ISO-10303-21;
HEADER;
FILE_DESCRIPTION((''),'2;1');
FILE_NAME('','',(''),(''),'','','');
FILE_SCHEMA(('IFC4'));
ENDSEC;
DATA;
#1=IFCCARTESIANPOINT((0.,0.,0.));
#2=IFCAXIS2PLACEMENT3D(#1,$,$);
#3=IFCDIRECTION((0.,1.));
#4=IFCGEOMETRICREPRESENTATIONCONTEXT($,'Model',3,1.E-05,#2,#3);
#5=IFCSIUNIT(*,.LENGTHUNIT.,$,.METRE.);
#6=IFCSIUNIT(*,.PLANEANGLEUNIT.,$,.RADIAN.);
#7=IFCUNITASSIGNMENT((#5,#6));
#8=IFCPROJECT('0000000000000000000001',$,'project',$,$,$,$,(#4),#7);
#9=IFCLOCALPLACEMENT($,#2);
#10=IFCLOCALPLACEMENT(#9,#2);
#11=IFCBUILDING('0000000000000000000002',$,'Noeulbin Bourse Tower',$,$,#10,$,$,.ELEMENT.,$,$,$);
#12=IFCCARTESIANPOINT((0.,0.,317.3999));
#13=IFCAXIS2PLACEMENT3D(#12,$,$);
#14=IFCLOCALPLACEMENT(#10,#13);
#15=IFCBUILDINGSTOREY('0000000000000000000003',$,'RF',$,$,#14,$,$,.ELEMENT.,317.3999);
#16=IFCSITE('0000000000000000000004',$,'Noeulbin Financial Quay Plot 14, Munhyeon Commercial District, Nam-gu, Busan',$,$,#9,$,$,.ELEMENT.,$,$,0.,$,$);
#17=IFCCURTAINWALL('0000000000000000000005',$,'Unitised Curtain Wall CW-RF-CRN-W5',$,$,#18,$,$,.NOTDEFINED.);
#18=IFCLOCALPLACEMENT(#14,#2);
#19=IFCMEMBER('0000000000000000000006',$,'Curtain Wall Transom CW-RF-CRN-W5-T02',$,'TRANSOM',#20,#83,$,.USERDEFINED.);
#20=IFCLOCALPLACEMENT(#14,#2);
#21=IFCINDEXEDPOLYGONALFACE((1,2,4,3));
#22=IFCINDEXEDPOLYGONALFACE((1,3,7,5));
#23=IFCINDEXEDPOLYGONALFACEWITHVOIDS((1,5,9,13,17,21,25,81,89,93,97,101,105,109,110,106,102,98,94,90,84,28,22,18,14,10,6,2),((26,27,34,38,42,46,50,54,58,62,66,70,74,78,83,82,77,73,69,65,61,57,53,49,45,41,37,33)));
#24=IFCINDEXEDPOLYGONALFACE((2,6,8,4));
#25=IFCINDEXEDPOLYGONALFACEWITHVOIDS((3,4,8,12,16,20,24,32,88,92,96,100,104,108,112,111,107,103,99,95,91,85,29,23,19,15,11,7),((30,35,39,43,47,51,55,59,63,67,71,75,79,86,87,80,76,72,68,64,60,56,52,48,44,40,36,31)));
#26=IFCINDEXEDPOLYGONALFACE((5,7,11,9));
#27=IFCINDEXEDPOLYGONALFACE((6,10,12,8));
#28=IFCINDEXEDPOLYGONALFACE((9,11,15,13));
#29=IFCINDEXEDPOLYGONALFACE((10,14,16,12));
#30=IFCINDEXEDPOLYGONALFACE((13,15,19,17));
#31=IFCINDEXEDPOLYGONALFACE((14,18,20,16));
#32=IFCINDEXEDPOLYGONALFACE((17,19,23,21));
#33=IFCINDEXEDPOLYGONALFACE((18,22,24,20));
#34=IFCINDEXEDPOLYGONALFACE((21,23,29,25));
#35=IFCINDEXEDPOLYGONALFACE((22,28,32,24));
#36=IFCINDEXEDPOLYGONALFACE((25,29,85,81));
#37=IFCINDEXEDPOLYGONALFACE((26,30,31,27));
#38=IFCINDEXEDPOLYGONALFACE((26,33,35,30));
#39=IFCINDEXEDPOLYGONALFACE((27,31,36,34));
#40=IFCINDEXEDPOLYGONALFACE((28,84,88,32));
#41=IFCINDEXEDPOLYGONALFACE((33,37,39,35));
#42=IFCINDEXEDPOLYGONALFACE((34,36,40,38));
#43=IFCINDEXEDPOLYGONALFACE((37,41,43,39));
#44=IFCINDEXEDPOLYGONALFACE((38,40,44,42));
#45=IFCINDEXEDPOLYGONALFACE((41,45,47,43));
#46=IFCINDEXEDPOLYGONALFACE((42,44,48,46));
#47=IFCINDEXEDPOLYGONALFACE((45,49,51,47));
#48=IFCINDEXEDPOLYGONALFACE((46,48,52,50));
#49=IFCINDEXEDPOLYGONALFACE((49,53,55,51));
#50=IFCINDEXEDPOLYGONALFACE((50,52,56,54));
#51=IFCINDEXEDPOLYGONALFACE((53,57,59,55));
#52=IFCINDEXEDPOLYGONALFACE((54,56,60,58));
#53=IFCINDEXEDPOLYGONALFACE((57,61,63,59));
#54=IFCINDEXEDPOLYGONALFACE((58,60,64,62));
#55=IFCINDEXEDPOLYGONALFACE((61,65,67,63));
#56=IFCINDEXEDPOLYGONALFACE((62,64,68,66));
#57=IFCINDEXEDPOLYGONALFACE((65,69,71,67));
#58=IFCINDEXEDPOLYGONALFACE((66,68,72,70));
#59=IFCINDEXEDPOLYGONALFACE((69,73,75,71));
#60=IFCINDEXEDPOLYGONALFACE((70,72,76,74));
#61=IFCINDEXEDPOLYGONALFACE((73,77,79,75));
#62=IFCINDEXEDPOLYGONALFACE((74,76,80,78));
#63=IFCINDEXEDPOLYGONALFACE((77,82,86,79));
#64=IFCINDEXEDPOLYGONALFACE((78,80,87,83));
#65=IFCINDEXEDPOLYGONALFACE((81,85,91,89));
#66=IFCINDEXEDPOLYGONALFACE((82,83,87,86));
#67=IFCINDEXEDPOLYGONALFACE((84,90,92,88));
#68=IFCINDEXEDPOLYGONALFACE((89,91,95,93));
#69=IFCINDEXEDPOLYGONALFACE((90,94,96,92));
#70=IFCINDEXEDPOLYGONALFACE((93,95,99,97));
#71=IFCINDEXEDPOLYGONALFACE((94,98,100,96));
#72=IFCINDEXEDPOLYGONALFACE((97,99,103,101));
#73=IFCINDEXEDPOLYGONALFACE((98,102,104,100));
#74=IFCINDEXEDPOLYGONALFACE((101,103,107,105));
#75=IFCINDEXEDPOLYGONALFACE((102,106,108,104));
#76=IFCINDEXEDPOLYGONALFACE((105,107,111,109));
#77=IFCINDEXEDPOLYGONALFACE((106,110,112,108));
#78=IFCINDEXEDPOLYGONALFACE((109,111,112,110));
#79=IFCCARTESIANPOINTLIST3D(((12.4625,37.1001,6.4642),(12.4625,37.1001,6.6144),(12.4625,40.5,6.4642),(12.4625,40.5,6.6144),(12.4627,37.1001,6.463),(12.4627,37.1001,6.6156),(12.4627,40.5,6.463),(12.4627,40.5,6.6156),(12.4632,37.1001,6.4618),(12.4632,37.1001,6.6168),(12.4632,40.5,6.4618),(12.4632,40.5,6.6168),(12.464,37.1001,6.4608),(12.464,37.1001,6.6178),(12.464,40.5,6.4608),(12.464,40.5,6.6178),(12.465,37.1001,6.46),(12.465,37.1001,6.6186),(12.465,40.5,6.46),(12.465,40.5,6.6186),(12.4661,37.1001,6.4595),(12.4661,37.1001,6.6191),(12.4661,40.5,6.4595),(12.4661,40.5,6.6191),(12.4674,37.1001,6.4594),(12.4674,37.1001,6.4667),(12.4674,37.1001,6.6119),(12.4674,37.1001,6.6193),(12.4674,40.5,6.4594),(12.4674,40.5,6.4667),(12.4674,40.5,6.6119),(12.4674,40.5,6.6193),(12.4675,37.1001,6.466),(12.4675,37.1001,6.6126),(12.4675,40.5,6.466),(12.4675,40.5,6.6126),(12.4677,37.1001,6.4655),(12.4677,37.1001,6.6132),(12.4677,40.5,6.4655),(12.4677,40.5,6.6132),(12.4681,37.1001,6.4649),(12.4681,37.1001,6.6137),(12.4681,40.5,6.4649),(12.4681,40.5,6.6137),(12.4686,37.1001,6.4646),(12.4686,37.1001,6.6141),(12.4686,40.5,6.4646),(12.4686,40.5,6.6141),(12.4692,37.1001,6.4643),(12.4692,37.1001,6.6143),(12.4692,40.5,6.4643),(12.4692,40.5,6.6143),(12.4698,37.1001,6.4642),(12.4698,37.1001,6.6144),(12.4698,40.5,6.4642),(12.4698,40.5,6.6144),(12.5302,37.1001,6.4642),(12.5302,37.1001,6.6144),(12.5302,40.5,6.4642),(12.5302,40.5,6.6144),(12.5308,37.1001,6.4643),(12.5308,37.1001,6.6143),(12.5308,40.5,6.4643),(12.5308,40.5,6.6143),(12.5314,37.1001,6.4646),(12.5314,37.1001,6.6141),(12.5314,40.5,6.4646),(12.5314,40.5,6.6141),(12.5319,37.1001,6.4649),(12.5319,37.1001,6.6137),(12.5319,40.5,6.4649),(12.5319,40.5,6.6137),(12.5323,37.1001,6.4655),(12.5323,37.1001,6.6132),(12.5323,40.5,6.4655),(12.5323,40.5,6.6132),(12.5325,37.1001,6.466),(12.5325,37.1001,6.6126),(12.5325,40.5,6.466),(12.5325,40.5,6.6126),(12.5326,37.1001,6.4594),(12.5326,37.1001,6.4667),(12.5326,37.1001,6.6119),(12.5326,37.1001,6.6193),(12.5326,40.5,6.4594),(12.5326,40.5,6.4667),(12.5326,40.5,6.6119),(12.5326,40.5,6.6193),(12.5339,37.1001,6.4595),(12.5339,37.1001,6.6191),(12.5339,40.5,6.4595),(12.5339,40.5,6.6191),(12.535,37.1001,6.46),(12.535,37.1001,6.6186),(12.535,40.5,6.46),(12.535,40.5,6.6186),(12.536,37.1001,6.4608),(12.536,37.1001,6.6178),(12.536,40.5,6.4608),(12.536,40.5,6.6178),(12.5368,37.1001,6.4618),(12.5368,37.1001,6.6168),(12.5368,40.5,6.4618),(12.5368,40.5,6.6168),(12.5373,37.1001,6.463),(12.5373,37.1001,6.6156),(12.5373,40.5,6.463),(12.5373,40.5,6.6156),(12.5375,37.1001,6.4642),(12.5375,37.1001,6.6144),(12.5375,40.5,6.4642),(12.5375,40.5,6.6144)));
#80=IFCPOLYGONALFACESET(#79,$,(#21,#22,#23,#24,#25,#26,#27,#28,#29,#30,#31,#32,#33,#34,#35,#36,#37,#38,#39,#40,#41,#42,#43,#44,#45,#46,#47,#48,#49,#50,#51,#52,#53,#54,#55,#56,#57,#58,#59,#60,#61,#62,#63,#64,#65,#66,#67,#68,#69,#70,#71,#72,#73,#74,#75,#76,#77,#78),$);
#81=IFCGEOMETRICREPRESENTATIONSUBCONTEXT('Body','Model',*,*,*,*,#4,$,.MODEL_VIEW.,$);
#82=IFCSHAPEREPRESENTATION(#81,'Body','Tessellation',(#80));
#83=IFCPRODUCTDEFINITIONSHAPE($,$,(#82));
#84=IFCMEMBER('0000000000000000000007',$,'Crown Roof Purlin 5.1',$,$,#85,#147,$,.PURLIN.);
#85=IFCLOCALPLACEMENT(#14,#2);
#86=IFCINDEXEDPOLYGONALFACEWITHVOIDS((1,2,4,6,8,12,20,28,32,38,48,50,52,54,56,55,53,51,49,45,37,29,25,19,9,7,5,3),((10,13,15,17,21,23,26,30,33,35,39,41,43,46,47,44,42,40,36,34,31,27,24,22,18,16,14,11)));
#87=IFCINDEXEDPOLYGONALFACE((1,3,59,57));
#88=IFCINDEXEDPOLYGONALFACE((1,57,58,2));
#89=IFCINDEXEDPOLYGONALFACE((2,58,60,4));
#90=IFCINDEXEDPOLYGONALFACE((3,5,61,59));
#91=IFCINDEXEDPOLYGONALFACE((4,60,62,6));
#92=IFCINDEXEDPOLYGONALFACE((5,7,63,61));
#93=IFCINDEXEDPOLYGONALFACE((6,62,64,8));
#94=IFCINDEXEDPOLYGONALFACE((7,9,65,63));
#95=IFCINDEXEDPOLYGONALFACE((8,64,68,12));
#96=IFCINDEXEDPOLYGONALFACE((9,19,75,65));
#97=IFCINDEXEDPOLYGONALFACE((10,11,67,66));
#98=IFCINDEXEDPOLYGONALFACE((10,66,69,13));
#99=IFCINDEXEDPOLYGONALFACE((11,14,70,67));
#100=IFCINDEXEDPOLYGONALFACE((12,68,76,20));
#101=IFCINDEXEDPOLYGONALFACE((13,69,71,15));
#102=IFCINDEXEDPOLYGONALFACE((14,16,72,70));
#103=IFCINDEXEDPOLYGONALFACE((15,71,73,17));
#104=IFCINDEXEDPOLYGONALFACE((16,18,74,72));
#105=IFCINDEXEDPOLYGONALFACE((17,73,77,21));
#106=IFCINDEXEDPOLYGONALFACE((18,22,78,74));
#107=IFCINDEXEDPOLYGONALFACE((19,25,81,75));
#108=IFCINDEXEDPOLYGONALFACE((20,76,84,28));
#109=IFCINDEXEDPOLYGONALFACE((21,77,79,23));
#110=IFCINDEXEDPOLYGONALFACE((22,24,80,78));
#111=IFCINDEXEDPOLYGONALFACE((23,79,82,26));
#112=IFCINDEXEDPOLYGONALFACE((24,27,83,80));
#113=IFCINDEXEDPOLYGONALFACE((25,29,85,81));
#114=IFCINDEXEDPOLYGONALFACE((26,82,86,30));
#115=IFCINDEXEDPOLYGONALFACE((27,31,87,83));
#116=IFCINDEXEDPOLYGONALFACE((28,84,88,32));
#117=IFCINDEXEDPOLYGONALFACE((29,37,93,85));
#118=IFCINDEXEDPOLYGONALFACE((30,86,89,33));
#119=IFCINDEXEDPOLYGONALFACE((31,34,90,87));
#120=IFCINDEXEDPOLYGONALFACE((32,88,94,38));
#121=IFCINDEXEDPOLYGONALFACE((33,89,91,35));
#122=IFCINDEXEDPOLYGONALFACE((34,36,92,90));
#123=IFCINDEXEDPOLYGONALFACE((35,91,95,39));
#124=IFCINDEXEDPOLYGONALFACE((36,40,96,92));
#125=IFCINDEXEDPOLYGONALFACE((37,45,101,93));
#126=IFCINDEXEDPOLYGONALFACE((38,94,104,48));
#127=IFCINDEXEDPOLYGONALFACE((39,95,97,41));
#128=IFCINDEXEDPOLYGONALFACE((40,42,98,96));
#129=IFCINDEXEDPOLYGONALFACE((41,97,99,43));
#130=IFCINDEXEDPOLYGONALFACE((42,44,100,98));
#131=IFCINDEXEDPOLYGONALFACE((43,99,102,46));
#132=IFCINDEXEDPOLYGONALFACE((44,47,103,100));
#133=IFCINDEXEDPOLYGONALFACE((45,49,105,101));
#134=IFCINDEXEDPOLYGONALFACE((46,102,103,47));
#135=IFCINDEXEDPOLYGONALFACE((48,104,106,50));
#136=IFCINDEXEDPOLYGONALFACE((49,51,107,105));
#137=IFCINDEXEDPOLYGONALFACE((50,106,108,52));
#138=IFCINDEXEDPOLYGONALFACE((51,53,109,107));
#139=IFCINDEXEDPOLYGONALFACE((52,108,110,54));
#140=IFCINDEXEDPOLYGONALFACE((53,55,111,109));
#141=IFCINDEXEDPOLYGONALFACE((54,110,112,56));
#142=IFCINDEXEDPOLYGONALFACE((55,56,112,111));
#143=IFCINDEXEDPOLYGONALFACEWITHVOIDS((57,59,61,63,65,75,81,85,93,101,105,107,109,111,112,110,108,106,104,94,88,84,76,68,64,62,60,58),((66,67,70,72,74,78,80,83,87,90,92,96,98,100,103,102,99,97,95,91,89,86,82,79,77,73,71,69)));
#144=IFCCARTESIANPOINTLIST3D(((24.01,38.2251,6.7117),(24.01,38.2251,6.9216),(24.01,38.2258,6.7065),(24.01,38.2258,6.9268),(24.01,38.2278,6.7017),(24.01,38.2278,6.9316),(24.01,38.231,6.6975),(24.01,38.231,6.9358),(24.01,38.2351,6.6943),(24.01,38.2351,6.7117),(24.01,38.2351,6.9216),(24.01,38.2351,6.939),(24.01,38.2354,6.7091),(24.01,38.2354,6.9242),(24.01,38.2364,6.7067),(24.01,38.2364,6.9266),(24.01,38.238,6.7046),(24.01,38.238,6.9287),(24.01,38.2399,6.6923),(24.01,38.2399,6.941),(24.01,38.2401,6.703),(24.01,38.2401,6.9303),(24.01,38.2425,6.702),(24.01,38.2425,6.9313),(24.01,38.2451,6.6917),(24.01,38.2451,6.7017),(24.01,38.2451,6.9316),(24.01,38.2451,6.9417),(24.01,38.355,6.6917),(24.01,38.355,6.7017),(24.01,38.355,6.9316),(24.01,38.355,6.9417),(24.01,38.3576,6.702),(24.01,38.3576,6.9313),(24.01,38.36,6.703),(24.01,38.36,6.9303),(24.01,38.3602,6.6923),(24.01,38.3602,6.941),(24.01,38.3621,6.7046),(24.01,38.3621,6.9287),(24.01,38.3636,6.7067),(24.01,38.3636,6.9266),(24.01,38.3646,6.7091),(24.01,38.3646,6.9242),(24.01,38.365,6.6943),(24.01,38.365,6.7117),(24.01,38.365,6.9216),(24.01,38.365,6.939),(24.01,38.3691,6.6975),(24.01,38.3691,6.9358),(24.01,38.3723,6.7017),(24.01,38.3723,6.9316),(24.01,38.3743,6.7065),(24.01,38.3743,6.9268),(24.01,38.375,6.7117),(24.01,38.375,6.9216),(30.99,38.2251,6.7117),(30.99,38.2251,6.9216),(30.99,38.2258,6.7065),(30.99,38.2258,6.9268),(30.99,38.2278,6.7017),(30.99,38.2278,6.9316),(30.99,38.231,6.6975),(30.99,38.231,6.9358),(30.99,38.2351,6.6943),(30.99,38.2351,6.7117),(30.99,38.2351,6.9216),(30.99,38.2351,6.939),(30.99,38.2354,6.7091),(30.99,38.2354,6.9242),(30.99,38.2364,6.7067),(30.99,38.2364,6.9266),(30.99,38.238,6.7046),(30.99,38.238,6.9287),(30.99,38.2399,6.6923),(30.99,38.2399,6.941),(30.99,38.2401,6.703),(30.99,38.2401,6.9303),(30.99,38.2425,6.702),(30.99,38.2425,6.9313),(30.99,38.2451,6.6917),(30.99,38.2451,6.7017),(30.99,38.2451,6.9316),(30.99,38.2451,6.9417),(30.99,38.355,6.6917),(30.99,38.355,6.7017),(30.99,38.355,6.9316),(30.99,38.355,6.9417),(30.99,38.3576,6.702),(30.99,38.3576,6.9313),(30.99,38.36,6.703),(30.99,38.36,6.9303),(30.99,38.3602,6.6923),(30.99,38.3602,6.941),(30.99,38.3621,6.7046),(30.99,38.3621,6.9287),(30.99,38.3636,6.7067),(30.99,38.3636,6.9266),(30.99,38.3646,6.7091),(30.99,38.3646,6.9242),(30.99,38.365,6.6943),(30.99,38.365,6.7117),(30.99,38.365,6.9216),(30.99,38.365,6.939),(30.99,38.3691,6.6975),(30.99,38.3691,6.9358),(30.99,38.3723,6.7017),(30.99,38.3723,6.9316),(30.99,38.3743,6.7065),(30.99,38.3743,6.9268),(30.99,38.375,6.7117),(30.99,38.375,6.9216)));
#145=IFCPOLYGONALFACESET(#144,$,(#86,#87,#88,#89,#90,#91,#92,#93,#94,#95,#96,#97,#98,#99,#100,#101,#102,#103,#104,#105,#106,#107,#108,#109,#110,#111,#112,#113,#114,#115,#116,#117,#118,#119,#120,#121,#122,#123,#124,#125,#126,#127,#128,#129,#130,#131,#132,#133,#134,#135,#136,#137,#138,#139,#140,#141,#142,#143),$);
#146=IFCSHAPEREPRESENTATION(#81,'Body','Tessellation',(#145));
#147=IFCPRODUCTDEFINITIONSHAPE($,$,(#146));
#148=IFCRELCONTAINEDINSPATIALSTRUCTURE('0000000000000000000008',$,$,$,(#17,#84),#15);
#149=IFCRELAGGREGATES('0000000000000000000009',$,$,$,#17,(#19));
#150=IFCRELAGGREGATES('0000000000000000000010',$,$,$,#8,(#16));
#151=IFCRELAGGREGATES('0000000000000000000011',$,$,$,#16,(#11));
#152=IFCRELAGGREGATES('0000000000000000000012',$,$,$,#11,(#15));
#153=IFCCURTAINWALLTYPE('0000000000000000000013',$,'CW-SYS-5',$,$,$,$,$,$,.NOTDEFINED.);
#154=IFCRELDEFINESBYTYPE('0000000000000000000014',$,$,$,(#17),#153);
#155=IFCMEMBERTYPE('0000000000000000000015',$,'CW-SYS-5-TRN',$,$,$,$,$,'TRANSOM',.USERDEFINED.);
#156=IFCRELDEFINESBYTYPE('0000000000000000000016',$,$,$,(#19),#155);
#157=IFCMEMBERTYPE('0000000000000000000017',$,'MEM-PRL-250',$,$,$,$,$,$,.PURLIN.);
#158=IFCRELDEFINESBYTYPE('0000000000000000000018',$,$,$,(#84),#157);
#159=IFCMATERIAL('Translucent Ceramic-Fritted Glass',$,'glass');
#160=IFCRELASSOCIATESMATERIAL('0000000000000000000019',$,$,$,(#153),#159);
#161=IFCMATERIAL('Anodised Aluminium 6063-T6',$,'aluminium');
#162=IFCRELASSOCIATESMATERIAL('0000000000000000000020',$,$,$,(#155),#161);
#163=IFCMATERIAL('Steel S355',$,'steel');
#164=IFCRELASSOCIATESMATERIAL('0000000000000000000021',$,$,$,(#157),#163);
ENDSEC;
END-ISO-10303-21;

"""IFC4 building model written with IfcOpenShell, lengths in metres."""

from ifc_helpers import new_model, si_unit, direction, frame, origin, origin_2d, place, context, subcontext, project, spatial, hollow_rectangle, extrude, material, material_profile, profile_set, type_object, element, aggregate, save


model = new_model("IFC4")

# Units and contexts
model_context = context("Model", 3, precision=1e-05, world=origin(), true_north=direction((0.0, 1.0)))
body_context = subcontext(model_context, "Body", "Model", "MODEL_VIEW")
ifc_project = project(units=[si_unit("LENGTHUNIT", "METRE"), si_unit("PLANEANGLEUNIT", "RADIAN")], contexts=[model_context])

# Site, building, storey
site_placement = place(None, origin())
site = spatial("IfcSite", under=ifc_project, at=site_placement, Name="Noeulbin Financial Quay Plot 14, Munhyeon Commercial District, Nam-gu, Busan", CompositionType="ELEMENT", RefElevation=0.0)
building_placement = place(site_placement, origin())
building = spatial("IfcBuilding", under=site, at=building_placement, Name="Noeulbin Bourse Tower", CompositionType="ELEMENT")
storey_placement = place(building_placement, frame((0.0, 0.0, 317.3999)))
storey = spatial("IfcBuildingStorey", under=building, at=storey_placement, Name="RF", CompositionType="ELEMENT", Elevation=317.3999)

# Shared definitions
ifc_material_1 = material(Name="Steel S355", Category="steel")

# Shared definitions
ifc_material_2 = material(Name="Translucent Ceramic-Fritted Glass", Category="glass")
curtain_wall_type = type_object("IfcCurtainWallType", Name="CW-SYS-5", PredefinedType="NOTDEFINED", material=ifc_material_2)
ifc_material_3 = material(Name="Anodised Aluminium 6063-T6", Category="aluminium")

# Curtain wall
curtain_wall_1_placement = place(storey_placement, origin())
curtain_wall_1 = element("IfcCurtainWall", 1, at=curtain_wall_1_placement, inside=storey, type_object=curtain_wall_type, Name="Unitised Curtain Wall CW-RF-CRN-W5", PredefinedType="NOTDEFINED")

# Member
ifc_material_profile_1 = material_profile(ifc_material_3, hollow_rectangle(XDim=0.075, YDim=0.1599, WallThickness=0.0049, InnerFilletRadius=0.0024, OuterFilletRadius=0.0049, at=origin_2d()), Name="ALU-TRAN-75x160x5", Category="LoadBearing")
ifc_profile_set_1 = profile_set([ifc_material_profile_1], Name="Anodised Aluminium 6063-T6")
member_type_1 = type_object("IfcMemberType", Name="CW-SYS-5-TRN", ElementType="TRANSOM", PredefinedType="USERDEFINED", material=ifc_profile_set_1)
member_1_placement = place(storey_placement, frame((12.5, 37.1001, 6.5393), z_axis=(0.0, 1.0, 0.0), x_axis=(-1.0, 0.0, 0.0)))
member_1 = element("IfcMember", 2, at=member_1_placement, type_object=member_type_1, Name="Curtain Wall Transom CW-RF-CRN-W5-T02", ObjectType="TRANSOM", PredefinedType="USERDEFINED", context=body_context, shape_type="SweptSolid", body=[
    extrude(hollow_rectangle(XDim=0.075, YDim=0.1599, WallThickness=0.0049, InnerFilletRadius=0.0024, OuterFilletRadius=0.0049, at=origin_2d()), origin(), (0.0, 0.0, 1.0), 3.3999),
])

# Member
ifc_material_profile_2 = material_profile(ifc_material_1, hollow_rectangle(XDim=0.1499, YDim=0.25, WallThickness=0.01, InnerFilletRadius=0.01, OuterFilletRadius=0.02, at=origin_2d()), Name="RHS-250x150x10", Category="LoadBearing")
ifc_profile_set_2 = profile_set([ifc_material_profile_2], Name="Steel S355")
member_type_2 = type_object("IfcMemberType", Name="MEM-PRL-250", PredefinedType="PURLIN", material=ifc_profile_set_2)
member_2_placement = place(storey_placement, frame((24.01, 38.3, 6.8167), z_axis=(1.0, 0.0, 0.0), x_axis=(0.0, 1.0, 0.0)))
element("IfcMember", 3, at=member_2_placement, inside=storey, type_object=member_type_2, Name="Crown Roof Purlin 5.1", PredefinedType="PURLIN", context=body_context, shape_type="SweptSolid", body=[
    extrude(hollow_rectangle(XDim=0.1499, YDim=0.25, WallThickness=0.01, InnerFilletRadius=0.01, OuterFilletRadius=0.02, at=origin_2d()), origin(), (0.0, 0.0, 1.0), 6.98),
])

aggregate(curtain_wall_1, [member_1])

save(model, "model.ifc")
